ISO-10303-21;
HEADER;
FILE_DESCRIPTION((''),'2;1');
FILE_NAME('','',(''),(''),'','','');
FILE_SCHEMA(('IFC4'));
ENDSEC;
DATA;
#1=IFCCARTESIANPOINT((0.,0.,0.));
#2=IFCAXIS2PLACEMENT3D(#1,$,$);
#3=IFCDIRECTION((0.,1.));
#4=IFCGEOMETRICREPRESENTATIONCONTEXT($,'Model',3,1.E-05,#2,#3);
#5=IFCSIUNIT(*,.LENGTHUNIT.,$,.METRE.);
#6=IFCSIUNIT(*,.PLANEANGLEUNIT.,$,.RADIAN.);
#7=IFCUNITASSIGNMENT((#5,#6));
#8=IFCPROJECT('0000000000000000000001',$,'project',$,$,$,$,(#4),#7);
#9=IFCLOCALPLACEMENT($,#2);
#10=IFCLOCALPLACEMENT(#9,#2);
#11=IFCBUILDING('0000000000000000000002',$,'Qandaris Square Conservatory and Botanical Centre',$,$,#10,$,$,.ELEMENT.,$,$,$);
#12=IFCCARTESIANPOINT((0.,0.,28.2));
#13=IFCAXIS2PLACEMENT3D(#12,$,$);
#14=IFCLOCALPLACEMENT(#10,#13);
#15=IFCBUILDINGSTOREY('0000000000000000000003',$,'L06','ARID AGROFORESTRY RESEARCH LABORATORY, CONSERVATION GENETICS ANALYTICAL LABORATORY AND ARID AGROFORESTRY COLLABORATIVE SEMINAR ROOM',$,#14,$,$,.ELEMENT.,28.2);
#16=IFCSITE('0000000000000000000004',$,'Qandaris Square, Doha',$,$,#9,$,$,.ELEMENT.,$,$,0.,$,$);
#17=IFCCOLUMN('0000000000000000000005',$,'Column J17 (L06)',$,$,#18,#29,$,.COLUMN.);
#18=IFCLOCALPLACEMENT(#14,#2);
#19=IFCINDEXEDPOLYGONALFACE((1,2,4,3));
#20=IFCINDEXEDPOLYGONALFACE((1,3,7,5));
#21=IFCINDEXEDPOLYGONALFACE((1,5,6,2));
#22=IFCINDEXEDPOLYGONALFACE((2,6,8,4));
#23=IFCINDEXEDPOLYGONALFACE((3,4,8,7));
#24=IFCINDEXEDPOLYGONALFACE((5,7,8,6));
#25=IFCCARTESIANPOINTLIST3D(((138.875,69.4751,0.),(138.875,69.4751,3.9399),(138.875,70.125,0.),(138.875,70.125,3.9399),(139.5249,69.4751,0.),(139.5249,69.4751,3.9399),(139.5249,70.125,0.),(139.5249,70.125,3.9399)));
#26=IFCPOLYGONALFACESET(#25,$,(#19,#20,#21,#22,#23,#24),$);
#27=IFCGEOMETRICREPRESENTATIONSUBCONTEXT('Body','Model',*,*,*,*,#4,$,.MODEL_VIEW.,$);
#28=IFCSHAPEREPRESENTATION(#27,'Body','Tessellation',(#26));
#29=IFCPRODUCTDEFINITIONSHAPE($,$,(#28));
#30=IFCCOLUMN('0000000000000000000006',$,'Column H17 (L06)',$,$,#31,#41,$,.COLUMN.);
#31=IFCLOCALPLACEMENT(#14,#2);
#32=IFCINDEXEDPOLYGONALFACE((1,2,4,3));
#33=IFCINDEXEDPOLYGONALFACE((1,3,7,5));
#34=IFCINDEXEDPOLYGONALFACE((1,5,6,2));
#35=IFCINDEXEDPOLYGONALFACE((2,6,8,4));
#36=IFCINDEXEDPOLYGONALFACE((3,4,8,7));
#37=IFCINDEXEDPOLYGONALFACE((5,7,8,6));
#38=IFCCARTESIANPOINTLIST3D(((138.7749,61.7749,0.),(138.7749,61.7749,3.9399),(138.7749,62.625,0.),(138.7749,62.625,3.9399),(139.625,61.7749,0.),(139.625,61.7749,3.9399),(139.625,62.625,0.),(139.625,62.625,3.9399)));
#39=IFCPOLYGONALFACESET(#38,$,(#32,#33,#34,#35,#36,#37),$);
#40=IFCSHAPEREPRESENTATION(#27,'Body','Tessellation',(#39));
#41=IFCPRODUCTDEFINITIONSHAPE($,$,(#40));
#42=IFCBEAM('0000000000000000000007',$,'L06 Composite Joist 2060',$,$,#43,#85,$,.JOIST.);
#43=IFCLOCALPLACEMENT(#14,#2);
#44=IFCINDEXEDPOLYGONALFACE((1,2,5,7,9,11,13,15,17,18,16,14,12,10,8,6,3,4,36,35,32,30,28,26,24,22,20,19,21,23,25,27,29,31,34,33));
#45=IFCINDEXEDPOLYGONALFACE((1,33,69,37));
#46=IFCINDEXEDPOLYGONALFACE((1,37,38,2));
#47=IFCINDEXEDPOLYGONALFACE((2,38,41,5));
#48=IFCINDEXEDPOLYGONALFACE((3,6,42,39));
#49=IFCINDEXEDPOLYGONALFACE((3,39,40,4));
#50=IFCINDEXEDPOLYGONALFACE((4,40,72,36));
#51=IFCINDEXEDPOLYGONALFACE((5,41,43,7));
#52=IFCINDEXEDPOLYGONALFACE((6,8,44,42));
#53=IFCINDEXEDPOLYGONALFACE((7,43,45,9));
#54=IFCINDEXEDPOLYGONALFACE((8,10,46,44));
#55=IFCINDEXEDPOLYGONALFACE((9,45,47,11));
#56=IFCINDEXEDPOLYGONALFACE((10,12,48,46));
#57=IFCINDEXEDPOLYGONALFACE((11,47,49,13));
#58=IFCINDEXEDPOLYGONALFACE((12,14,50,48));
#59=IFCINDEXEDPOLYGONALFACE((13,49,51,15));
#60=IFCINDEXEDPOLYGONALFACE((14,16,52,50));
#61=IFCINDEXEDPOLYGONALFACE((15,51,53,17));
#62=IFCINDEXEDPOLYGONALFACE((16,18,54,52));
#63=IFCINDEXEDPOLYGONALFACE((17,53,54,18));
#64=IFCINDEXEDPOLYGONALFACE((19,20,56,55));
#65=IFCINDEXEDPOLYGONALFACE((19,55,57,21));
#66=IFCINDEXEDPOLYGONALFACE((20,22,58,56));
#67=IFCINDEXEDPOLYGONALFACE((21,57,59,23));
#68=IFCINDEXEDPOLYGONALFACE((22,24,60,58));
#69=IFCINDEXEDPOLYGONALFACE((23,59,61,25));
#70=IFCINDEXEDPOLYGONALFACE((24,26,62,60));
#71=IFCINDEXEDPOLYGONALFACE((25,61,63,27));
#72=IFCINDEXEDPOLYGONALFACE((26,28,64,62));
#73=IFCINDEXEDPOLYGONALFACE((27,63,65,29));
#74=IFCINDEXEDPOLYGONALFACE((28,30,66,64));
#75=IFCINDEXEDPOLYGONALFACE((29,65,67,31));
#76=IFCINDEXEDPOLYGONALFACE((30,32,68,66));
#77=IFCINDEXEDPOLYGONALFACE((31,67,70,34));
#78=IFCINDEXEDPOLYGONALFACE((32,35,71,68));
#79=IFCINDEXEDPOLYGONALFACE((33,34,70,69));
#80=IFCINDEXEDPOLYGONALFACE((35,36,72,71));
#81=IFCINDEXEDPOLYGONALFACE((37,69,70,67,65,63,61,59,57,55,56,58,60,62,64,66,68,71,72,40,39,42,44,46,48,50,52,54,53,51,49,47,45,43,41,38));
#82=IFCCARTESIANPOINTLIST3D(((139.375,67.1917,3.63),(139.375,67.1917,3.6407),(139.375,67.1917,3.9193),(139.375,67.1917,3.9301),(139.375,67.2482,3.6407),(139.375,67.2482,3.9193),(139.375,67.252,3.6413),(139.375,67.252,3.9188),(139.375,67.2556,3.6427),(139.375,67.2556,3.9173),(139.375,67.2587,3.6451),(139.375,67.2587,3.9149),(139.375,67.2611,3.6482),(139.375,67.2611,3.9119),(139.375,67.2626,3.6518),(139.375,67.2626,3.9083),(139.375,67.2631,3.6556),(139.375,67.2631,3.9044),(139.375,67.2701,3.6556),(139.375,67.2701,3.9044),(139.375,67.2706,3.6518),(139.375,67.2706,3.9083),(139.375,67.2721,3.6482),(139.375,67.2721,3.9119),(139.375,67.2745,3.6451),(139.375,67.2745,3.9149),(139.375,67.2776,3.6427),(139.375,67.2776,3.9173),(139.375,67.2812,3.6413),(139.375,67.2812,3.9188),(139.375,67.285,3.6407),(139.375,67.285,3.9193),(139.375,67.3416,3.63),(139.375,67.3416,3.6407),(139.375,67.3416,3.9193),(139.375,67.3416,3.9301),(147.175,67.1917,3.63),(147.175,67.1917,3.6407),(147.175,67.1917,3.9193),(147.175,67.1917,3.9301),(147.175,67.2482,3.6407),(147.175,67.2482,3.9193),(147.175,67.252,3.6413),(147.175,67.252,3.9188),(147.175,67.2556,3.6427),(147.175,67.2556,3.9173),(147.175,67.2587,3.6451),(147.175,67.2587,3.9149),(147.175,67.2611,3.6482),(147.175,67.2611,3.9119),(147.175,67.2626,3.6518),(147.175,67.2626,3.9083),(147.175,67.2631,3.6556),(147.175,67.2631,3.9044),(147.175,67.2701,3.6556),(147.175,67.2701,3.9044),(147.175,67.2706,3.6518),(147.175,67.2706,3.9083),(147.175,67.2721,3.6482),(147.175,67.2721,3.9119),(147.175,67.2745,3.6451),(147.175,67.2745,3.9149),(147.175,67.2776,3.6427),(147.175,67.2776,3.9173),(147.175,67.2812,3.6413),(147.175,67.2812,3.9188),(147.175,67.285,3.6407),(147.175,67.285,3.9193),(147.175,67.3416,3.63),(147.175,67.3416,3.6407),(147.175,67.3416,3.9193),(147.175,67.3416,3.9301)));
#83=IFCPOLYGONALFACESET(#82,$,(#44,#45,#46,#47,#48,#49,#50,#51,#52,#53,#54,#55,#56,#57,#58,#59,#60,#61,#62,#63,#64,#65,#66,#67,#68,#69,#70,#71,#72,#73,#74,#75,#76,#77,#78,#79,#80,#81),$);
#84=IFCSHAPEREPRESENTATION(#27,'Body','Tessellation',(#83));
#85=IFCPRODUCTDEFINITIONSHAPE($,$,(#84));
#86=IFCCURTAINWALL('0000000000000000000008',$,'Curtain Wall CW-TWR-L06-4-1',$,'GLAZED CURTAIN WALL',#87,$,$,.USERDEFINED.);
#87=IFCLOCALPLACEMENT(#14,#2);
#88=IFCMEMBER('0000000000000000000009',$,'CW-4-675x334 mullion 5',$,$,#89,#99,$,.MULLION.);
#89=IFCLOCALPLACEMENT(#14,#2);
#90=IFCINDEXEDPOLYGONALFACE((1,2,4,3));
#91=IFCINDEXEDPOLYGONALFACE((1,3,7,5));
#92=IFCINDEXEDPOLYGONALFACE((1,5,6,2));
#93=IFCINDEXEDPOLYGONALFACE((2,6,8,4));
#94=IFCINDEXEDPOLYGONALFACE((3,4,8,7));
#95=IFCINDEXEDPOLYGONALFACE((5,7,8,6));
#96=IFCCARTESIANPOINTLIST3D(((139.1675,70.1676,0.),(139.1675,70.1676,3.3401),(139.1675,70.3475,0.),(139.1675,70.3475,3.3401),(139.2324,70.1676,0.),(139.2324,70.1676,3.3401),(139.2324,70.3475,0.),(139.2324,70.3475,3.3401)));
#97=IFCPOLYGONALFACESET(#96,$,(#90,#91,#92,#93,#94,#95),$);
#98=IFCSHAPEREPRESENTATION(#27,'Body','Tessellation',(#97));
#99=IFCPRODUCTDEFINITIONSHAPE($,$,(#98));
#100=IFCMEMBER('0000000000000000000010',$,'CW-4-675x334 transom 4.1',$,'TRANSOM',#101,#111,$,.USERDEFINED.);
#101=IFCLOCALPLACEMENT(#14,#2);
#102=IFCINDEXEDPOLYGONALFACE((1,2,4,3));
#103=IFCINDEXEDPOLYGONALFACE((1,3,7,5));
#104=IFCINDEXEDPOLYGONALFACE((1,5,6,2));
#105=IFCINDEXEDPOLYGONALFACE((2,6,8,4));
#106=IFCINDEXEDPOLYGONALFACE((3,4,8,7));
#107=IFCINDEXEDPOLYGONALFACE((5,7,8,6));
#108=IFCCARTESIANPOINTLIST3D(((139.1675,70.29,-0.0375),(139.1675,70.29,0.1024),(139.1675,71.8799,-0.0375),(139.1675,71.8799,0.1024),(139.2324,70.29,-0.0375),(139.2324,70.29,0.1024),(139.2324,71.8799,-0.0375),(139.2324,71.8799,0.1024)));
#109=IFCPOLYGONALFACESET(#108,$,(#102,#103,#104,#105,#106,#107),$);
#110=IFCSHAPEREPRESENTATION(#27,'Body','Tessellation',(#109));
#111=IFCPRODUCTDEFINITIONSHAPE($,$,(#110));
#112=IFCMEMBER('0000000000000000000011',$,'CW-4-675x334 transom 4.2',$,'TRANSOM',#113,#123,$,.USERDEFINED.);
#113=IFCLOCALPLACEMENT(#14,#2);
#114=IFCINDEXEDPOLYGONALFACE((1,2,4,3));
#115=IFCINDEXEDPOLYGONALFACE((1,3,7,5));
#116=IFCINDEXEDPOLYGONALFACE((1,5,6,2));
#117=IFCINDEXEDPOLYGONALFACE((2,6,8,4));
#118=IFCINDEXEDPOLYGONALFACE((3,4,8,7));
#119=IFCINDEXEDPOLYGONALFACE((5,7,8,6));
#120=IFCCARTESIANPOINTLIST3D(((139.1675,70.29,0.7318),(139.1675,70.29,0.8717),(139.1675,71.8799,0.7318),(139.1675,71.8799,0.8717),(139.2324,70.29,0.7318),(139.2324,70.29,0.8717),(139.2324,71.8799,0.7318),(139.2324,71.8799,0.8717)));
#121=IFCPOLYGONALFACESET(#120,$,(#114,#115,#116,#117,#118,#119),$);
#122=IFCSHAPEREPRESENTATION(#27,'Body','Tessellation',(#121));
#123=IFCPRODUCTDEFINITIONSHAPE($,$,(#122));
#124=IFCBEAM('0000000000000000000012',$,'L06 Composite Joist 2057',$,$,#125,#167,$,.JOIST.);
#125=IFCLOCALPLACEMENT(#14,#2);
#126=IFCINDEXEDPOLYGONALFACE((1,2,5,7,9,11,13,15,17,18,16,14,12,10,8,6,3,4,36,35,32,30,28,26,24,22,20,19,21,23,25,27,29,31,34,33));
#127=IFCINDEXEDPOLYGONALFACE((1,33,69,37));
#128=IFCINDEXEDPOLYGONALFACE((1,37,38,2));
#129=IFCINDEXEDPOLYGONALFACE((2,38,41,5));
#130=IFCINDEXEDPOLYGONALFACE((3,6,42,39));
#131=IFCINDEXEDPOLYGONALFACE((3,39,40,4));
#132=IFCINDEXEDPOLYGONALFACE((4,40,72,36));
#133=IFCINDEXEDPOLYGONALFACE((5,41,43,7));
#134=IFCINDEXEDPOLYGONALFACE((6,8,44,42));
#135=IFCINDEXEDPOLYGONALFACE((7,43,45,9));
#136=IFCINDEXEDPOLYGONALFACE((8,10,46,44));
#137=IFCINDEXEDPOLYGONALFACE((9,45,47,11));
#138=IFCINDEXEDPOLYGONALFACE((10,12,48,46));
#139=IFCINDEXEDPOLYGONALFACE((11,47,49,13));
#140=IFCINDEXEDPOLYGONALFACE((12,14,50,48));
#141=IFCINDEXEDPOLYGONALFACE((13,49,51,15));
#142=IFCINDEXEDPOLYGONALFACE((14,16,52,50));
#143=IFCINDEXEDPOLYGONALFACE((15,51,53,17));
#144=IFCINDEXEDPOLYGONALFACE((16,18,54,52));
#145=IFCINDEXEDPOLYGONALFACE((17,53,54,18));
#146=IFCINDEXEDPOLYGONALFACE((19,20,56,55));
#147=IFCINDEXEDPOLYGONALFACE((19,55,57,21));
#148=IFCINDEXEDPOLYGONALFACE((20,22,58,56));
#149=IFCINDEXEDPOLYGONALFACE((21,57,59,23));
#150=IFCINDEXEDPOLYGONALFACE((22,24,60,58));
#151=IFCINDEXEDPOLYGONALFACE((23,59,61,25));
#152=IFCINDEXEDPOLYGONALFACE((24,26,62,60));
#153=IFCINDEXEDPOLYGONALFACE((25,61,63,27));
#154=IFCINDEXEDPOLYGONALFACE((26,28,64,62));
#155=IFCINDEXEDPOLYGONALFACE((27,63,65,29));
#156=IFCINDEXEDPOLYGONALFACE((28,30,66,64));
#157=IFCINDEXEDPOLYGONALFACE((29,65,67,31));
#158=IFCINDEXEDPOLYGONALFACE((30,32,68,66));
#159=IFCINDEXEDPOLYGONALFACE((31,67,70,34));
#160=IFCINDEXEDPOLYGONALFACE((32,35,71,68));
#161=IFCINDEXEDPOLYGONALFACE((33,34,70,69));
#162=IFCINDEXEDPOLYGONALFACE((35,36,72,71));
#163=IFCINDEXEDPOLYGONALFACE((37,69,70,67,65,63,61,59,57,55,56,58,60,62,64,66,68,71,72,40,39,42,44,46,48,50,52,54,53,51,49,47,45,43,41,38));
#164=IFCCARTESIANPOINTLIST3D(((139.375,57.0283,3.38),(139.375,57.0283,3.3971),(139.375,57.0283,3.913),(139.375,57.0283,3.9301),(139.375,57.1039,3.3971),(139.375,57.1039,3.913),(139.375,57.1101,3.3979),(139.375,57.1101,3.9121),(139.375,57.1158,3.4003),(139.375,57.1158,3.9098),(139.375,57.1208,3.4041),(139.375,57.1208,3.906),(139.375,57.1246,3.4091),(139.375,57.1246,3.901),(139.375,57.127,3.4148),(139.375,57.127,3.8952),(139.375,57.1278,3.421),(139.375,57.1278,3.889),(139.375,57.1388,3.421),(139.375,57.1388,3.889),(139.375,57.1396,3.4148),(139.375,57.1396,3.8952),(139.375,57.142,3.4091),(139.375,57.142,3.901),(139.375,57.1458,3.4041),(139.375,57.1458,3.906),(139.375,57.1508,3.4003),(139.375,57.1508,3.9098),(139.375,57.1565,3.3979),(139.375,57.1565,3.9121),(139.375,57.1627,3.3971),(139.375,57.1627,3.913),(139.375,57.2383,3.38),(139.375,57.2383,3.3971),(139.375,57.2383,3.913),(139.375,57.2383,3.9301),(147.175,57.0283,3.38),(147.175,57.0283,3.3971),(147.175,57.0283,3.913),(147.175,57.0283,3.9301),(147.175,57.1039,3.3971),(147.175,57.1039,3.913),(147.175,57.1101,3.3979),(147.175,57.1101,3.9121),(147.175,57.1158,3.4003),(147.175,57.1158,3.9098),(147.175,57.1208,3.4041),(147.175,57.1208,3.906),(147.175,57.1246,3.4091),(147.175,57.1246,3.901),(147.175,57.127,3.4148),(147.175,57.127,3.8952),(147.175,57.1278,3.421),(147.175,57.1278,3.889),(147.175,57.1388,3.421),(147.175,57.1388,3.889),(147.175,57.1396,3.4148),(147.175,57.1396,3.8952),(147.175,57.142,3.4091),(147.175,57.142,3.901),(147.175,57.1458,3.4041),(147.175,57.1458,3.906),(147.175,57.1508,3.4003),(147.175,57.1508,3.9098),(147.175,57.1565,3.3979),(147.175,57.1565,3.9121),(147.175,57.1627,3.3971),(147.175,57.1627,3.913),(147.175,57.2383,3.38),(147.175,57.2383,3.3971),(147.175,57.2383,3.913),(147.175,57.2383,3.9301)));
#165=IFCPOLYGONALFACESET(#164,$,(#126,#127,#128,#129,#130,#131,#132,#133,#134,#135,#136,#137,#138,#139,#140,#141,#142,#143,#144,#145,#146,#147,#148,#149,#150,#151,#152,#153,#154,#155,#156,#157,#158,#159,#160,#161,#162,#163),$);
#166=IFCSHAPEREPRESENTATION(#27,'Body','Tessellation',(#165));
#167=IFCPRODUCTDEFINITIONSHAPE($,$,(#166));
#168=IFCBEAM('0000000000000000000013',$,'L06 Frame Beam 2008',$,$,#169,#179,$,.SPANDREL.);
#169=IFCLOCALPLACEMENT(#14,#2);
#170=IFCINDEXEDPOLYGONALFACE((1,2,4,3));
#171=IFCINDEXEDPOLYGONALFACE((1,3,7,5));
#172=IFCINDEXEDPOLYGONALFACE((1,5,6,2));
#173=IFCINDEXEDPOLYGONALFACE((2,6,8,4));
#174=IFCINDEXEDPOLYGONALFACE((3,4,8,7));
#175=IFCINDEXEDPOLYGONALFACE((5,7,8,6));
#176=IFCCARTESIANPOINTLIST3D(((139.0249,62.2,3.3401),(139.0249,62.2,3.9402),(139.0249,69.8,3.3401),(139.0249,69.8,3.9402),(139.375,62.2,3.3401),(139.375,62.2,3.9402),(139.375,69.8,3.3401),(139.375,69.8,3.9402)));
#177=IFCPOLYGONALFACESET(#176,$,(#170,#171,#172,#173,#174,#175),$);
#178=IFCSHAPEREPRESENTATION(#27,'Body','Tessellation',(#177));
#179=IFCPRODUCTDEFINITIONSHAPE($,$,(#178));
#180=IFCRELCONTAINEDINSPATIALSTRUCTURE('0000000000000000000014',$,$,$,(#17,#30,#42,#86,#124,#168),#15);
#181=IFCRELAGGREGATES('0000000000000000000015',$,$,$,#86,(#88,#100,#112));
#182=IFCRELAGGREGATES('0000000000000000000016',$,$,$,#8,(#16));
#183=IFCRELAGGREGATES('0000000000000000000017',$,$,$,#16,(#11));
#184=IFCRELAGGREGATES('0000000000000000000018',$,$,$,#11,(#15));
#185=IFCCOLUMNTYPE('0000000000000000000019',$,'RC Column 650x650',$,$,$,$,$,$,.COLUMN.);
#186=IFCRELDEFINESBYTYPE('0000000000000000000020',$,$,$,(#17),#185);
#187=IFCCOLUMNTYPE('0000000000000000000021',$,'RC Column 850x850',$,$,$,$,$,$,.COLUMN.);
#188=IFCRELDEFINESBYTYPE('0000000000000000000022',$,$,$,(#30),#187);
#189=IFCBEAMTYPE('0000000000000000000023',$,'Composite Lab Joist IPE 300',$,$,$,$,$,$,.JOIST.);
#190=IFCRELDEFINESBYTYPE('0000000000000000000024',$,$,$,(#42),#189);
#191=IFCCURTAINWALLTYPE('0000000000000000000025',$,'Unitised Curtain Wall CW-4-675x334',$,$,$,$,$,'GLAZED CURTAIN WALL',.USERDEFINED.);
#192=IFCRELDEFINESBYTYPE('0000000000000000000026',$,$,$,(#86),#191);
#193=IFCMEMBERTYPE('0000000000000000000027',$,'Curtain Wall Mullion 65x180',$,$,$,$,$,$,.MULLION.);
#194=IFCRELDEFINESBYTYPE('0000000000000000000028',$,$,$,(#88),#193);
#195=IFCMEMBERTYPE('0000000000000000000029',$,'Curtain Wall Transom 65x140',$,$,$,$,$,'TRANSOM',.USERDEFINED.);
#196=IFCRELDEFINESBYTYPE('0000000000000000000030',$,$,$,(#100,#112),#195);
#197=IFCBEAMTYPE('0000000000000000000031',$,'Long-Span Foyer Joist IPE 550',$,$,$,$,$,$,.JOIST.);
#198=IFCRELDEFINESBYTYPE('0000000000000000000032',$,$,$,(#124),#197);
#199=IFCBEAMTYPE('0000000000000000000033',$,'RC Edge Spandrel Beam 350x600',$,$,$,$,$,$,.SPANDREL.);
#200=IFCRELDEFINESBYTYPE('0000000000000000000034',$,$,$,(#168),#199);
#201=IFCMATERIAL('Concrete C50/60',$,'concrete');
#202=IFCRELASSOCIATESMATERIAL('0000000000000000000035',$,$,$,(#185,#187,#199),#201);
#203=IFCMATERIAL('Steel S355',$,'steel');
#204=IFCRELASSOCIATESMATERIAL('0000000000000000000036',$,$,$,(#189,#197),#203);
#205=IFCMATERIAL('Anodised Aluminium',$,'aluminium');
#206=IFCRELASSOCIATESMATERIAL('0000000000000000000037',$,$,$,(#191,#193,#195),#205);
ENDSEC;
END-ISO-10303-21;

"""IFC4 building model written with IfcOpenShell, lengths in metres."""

from ifc_helpers import new_model, si_unit, direction, frame, origin, origin_2d, place, context, subcontext, project, spatial, rectangle, i_section, extrude, material, material_profile, profile_set, type_object, element, aggregate, save


model = new_model("IFC4")

# Units and contexts
model_context = context("Model", 3, precision=1e-05, world=origin(), true_north=direction((0.0, 1.0)))
body_context = subcontext(model_context, "Body", "Model", "MODEL_VIEW")
ifc_project = project(units=[si_unit("LENGTHUNIT", "METRE"), si_unit("PLANEANGLEUNIT", "RADIAN")], contexts=[model_context])

# Site, building, storey
site_placement = place(None, origin())
site = spatial("IfcSite", under=ifc_project, at=site_placement, Name="Qandaris Square, Doha", CompositionType="ELEMENT", RefElevation=0.0)
building_placement = place(site_placement, origin())
building = spatial("IfcBuilding", under=site, at=building_placement, Name="Qandaris Square Conservatory and Botanical Centre", CompositionType="ELEMENT")
storey_placement = place(building_placement, frame((0.0, 0.0, 28.2)))
storey = spatial("IfcBuildingStorey", under=building, at=storey_placement, Name="L06", Description="ARID AGROFORESTRY RESEARCH LABORATORY, CONSERVATION GENETICS ANALYTICAL LABORATORY AND ARID AGROFORESTRY COLLABORATIVE SEMINAR ROOM", CompositionType="ELEMENT", Elevation=28.2)

# Columns
ifc_material_1 = material(Name="Concrete C50/60", Category="concrete")
ifc_material_profile_1 = material_profile(ifc_material_1, rectangle(XDim=0.6499, YDim=0.6499, at=origin_2d()), Name="RC-COL 650x650")
ifc_profile_set_1 = profile_set([ifc_material_profile_1], Name="Concrete C50/60")
column_type_1 = type_object("IfcColumnType", Name="RC Column 650x650", PredefinedType="COLUMN", material=ifc_profile_set_1)
column_1_placement = place(storey_placement, frame((139.2, 69.8, 0.0), z_axis=(0.0, 0.0, 1.0), x_axis=(1.0, 0.0, 0.0)))
element("IfcColumn", 1, at=column_1_placement, inside=storey, type_object=column_type_1, Name="Column J17 (L06)", PredefinedType="COLUMN", context=body_context, shape_type="SweptSolid", body=[
    extrude(rectangle(XDim=0.6499, YDim=0.6499, at=origin_2d()), origin(), (0.0, 0.0, 1.0), 3.9399),
])
ifc_material_profile_2 = material_profile(ifc_material_1, rectangle(XDim=0.8501, YDim=0.8501, at=origin_2d()), Name="RC-COL 850x850")
ifc_profile_set_2 = profile_set([ifc_material_profile_2], Name="Concrete C50/60")
column_type_2 = type_object("IfcColumnType", Name="RC Column 850x850", PredefinedType="COLUMN", material=ifc_profile_set_2)
column_2_placement = place(storey_placement, frame((139.2, 62.2, 0.0), z_axis=(0.0, 0.0, 1.0), x_axis=(1.0, 0.0, 0.0)))
element("IfcColumn", 2, at=column_2_placement, inside=storey, type_object=column_type_2, Name="Column H17 (L06)", PredefinedType="COLUMN", context=body_context, shape_type="SweptSolid", body=[
    extrude(rectangle(XDim=0.8501, YDim=0.8501, at=origin_2d()), origin(), (0.0, 0.0, 1.0), 3.9399),
])

# Beam
ifc_material_2 = material(Name="Steel S355", Category="steel")
ifc_material_profile_3 = material_profile(ifc_material_2, i_section(OverallWidth=0.1499, OverallDepth=0.3, WebThickness=0.0071, FlangeThickness=0.0107, FilletRadius=0.0149, at=origin_2d()), Name="IPE 300")
ifc_profile_set_3 = profile_set([ifc_material_profile_3], Name="Steel S355")
beam_type_1 = type_object("IfcBeamType", Name="Composite Lab Joist IPE 300", PredefinedType="JOIST", material=ifc_profile_set_3)
beam_1_placement = place(storey_placement, frame((139.375, 67.2666, 3.78), z_axis=(1.0, 0.0, 0.0), x_axis=(0.0, 1.0, 0.0)))
element("IfcBeam", 3, at=beam_1_placement, inside=storey, type_object=beam_type_1, Name="L06 Composite Joist 2060", PredefinedType="JOIST", context=body_context, shape_type="SweptSolid", body=[
    extrude(i_section(OverallWidth=0.1499, OverallDepth=0.3, WebThickness=0.0071, FlangeThickness=0.0107, FilletRadius=0.0149, at=origin_2d()), origin(), (0.0, 0.0, 1.0), 7.8),
])

# Curtain wall, members
ifc_material_3 = material(Name="Anodised Aluminium", Category="aluminium")
curtain_wall_type = type_object("IfcCurtainWallType", Name="Unitised Curtain Wall CW-4-675x334", ElementType="GLAZED CURTAIN WALL", PredefinedType="USERDEFINED", material=ifc_material_3)
curtain_wall_placement = place(storey_placement, origin())
curtain_wall = element("IfcCurtainWall", 4, at=curtain_wall_placement, inside=storey, type_object=curtain_wall_type, Name="Curtain Wall CW-TWR-L06-4-1", ObjectType="GLAZED CURTAIN WALL", PredefinedType="USERDEFINED")
ifc_material_profile_4 = material_profile(ifc_material_3, rectangle(XDim=0.0649, YDim=0.1799, at=origin_2d()), Name="ALU-MUL 65x180")
ifc_profile_set_4 = profile_set([ifc_material_profile_4], Name="Anodised Aluminium")
member_type_1 = type_object("IfcMemberType", Name="Curtain Wall Mullion 65x180", PredefinedType="MULLION", material=ifc_profile_set_4)
member_1_placement = place(storey_placement, frame((139.2, 70.2576, 0.0), z_axis=(0.0, 0.0, 1.0), x_axis=(1.0, 0.0, 0.0)))
member_1 = element("IfcMember", 5, at=member_1_placement, type_object=member_type_1, Name="CW-4-675x334 mullion 5", PredefinedType="MULLION", context=body_context, shape_type="SweptSolid", body=[
    extrude(rectangle(XDim=0.0649, YDim=0.1799, at=origin_2d()), origin(), (0.0, 0.0, 1.0), 3.3401),
])
ifc_material_profile_5 = material_profile(ifc_material_3, rectangle(XDim=0.0649, YDim=0.1399, at=origin_2d()), Name="ALU-TRN 65x140")
ifc_profile_set_5 = profile_set([ifc_material_profile_5], Name="Anodised Aluminium")
member_type_2 = type_object("IfcMemberType", Name="Curtain Wall Transom 65x140", ElementType="TRANSOM", PredefinedType="USERDEFINED", material=ifc_profile_set_5)
member_2_placement = place(storey_placement, frame((139.2, 71.8799, 0.0325), z_axis=(0.0, -1.0, 0.0), x_axis=(1.0, 0.0, 0.0)))
member_2 = element("IfcMember", 6, at=member_2_placement, type_object=member_type_2, Name="CW-4-675x334 transom 4.1", ObjectType="TRANSOM", PredefinedType="USERDEFINED", context=body_context, shape_type="SweptSolid", body=[
    extrude(rectangle(XDim=0.0649, YDim=0.1399, at=origin_2d()), origin(), (0.0, 0.0, 1.0), 1.5898),
])
member_3_placement = place(storey_placement, frame((139.2, 71.8799, 0.8018), z_axis=(0.0, -1.0, 0.0), x_axis=(1.0, 0.0, 0.0)))
member_3 = element("IfcMember", 7, at=member_3_placement, type_object=member_type_2, Name="CW-4-675x334 transom 4.2", ObjectType="TRANSOM", PredefinedType="USERDEFINED", context=body_context, shape_type="SweptSolid", body=[
    extrude(rectangle(XDim=0.0649, YDim=0.1399, at=origin_2d()), origin(), (0.0, 0.0, 1.0), 1.5898),
])

# Beams
ifc_material_profile_6 = material_profile(ifc_material_2, i_section(OverallWidth=0.21, OverallDepth=0.55, WebThickness=0.011, FlangeThickness=0.0171, FilletRadius=0.0239, at=origin_2d()), Name="IPE 550")
ifc_profile_set_6 = profile_set([ifc_material_profile_6], Name="Steel S355")
beam_type_2 = type_object("IfcBeamType", Name="Long-Span Foyer Joist IPE 550", PredefinedType="JOIST", material=ifc_profile_set_6)
beam_2_placement = place(storey_placement, frame((139.375, 57.1333, 3.655), z_axis=(1.0, 0.0, 0.0), x_axis=(0.0, 1.0, 0.0)))
element("IfcBeam", 8, at=beam_2_placement, inside=storey, type_object=beam_type_2, Name="L06 Composite Joist 2057", PredefinedType="JOIST", context=body_context, shape_type="SweptSolid", body=[
    extrude(i_section(OverallWidth=0.21, OverallDepth=0.55, WebThickness=0.011, FlangeThickness=0.0171, FilletRadius=0.0239, at=origin_2d()), origin(), (0.0, 0.0, 1.0), 7.8),
])
ifc_material_profile_7 = material_profile(ifc_material_1, rectangle(XDim=0.3501, YDim=0.6001, at=origin_2d()), Name="RC-SP 350x600")
ifc_profile_set_7 = profile_set([ifc_material_profile_7], Name="Concrete C50/60")
beam_type_3 = type_object("IfcBeamType", Name="RC Edge Spandrel Beam 350x600", PredefinedType="SPANDREL", material=ifc_profile_set_7)
beam_3_placement = place(storey_placement, frame((139.2, 62.2, 3.6401), z_axis=(0.0, 1.0, 0.0), x_axis=(-1.0, 0.0, 0.0)))
element("IfcBeam", 9, at=beam_3_placement, inside=storey, type_object=beam_type_3, Name="L06 Frame Beam 2008", PredefinedType="SPANDREL", context=body_context, shape_type="SweptSolid", body=[
    extrude(rectangle(XDim=0.3501, YDim=0.6001, at=origin_2d()), origin(), (0.0, 0.0, 1.0), 7.6001),
])

aggregate(curtain_wall, [member_1, member_2, member_3])

save(model, "model.ifc")
